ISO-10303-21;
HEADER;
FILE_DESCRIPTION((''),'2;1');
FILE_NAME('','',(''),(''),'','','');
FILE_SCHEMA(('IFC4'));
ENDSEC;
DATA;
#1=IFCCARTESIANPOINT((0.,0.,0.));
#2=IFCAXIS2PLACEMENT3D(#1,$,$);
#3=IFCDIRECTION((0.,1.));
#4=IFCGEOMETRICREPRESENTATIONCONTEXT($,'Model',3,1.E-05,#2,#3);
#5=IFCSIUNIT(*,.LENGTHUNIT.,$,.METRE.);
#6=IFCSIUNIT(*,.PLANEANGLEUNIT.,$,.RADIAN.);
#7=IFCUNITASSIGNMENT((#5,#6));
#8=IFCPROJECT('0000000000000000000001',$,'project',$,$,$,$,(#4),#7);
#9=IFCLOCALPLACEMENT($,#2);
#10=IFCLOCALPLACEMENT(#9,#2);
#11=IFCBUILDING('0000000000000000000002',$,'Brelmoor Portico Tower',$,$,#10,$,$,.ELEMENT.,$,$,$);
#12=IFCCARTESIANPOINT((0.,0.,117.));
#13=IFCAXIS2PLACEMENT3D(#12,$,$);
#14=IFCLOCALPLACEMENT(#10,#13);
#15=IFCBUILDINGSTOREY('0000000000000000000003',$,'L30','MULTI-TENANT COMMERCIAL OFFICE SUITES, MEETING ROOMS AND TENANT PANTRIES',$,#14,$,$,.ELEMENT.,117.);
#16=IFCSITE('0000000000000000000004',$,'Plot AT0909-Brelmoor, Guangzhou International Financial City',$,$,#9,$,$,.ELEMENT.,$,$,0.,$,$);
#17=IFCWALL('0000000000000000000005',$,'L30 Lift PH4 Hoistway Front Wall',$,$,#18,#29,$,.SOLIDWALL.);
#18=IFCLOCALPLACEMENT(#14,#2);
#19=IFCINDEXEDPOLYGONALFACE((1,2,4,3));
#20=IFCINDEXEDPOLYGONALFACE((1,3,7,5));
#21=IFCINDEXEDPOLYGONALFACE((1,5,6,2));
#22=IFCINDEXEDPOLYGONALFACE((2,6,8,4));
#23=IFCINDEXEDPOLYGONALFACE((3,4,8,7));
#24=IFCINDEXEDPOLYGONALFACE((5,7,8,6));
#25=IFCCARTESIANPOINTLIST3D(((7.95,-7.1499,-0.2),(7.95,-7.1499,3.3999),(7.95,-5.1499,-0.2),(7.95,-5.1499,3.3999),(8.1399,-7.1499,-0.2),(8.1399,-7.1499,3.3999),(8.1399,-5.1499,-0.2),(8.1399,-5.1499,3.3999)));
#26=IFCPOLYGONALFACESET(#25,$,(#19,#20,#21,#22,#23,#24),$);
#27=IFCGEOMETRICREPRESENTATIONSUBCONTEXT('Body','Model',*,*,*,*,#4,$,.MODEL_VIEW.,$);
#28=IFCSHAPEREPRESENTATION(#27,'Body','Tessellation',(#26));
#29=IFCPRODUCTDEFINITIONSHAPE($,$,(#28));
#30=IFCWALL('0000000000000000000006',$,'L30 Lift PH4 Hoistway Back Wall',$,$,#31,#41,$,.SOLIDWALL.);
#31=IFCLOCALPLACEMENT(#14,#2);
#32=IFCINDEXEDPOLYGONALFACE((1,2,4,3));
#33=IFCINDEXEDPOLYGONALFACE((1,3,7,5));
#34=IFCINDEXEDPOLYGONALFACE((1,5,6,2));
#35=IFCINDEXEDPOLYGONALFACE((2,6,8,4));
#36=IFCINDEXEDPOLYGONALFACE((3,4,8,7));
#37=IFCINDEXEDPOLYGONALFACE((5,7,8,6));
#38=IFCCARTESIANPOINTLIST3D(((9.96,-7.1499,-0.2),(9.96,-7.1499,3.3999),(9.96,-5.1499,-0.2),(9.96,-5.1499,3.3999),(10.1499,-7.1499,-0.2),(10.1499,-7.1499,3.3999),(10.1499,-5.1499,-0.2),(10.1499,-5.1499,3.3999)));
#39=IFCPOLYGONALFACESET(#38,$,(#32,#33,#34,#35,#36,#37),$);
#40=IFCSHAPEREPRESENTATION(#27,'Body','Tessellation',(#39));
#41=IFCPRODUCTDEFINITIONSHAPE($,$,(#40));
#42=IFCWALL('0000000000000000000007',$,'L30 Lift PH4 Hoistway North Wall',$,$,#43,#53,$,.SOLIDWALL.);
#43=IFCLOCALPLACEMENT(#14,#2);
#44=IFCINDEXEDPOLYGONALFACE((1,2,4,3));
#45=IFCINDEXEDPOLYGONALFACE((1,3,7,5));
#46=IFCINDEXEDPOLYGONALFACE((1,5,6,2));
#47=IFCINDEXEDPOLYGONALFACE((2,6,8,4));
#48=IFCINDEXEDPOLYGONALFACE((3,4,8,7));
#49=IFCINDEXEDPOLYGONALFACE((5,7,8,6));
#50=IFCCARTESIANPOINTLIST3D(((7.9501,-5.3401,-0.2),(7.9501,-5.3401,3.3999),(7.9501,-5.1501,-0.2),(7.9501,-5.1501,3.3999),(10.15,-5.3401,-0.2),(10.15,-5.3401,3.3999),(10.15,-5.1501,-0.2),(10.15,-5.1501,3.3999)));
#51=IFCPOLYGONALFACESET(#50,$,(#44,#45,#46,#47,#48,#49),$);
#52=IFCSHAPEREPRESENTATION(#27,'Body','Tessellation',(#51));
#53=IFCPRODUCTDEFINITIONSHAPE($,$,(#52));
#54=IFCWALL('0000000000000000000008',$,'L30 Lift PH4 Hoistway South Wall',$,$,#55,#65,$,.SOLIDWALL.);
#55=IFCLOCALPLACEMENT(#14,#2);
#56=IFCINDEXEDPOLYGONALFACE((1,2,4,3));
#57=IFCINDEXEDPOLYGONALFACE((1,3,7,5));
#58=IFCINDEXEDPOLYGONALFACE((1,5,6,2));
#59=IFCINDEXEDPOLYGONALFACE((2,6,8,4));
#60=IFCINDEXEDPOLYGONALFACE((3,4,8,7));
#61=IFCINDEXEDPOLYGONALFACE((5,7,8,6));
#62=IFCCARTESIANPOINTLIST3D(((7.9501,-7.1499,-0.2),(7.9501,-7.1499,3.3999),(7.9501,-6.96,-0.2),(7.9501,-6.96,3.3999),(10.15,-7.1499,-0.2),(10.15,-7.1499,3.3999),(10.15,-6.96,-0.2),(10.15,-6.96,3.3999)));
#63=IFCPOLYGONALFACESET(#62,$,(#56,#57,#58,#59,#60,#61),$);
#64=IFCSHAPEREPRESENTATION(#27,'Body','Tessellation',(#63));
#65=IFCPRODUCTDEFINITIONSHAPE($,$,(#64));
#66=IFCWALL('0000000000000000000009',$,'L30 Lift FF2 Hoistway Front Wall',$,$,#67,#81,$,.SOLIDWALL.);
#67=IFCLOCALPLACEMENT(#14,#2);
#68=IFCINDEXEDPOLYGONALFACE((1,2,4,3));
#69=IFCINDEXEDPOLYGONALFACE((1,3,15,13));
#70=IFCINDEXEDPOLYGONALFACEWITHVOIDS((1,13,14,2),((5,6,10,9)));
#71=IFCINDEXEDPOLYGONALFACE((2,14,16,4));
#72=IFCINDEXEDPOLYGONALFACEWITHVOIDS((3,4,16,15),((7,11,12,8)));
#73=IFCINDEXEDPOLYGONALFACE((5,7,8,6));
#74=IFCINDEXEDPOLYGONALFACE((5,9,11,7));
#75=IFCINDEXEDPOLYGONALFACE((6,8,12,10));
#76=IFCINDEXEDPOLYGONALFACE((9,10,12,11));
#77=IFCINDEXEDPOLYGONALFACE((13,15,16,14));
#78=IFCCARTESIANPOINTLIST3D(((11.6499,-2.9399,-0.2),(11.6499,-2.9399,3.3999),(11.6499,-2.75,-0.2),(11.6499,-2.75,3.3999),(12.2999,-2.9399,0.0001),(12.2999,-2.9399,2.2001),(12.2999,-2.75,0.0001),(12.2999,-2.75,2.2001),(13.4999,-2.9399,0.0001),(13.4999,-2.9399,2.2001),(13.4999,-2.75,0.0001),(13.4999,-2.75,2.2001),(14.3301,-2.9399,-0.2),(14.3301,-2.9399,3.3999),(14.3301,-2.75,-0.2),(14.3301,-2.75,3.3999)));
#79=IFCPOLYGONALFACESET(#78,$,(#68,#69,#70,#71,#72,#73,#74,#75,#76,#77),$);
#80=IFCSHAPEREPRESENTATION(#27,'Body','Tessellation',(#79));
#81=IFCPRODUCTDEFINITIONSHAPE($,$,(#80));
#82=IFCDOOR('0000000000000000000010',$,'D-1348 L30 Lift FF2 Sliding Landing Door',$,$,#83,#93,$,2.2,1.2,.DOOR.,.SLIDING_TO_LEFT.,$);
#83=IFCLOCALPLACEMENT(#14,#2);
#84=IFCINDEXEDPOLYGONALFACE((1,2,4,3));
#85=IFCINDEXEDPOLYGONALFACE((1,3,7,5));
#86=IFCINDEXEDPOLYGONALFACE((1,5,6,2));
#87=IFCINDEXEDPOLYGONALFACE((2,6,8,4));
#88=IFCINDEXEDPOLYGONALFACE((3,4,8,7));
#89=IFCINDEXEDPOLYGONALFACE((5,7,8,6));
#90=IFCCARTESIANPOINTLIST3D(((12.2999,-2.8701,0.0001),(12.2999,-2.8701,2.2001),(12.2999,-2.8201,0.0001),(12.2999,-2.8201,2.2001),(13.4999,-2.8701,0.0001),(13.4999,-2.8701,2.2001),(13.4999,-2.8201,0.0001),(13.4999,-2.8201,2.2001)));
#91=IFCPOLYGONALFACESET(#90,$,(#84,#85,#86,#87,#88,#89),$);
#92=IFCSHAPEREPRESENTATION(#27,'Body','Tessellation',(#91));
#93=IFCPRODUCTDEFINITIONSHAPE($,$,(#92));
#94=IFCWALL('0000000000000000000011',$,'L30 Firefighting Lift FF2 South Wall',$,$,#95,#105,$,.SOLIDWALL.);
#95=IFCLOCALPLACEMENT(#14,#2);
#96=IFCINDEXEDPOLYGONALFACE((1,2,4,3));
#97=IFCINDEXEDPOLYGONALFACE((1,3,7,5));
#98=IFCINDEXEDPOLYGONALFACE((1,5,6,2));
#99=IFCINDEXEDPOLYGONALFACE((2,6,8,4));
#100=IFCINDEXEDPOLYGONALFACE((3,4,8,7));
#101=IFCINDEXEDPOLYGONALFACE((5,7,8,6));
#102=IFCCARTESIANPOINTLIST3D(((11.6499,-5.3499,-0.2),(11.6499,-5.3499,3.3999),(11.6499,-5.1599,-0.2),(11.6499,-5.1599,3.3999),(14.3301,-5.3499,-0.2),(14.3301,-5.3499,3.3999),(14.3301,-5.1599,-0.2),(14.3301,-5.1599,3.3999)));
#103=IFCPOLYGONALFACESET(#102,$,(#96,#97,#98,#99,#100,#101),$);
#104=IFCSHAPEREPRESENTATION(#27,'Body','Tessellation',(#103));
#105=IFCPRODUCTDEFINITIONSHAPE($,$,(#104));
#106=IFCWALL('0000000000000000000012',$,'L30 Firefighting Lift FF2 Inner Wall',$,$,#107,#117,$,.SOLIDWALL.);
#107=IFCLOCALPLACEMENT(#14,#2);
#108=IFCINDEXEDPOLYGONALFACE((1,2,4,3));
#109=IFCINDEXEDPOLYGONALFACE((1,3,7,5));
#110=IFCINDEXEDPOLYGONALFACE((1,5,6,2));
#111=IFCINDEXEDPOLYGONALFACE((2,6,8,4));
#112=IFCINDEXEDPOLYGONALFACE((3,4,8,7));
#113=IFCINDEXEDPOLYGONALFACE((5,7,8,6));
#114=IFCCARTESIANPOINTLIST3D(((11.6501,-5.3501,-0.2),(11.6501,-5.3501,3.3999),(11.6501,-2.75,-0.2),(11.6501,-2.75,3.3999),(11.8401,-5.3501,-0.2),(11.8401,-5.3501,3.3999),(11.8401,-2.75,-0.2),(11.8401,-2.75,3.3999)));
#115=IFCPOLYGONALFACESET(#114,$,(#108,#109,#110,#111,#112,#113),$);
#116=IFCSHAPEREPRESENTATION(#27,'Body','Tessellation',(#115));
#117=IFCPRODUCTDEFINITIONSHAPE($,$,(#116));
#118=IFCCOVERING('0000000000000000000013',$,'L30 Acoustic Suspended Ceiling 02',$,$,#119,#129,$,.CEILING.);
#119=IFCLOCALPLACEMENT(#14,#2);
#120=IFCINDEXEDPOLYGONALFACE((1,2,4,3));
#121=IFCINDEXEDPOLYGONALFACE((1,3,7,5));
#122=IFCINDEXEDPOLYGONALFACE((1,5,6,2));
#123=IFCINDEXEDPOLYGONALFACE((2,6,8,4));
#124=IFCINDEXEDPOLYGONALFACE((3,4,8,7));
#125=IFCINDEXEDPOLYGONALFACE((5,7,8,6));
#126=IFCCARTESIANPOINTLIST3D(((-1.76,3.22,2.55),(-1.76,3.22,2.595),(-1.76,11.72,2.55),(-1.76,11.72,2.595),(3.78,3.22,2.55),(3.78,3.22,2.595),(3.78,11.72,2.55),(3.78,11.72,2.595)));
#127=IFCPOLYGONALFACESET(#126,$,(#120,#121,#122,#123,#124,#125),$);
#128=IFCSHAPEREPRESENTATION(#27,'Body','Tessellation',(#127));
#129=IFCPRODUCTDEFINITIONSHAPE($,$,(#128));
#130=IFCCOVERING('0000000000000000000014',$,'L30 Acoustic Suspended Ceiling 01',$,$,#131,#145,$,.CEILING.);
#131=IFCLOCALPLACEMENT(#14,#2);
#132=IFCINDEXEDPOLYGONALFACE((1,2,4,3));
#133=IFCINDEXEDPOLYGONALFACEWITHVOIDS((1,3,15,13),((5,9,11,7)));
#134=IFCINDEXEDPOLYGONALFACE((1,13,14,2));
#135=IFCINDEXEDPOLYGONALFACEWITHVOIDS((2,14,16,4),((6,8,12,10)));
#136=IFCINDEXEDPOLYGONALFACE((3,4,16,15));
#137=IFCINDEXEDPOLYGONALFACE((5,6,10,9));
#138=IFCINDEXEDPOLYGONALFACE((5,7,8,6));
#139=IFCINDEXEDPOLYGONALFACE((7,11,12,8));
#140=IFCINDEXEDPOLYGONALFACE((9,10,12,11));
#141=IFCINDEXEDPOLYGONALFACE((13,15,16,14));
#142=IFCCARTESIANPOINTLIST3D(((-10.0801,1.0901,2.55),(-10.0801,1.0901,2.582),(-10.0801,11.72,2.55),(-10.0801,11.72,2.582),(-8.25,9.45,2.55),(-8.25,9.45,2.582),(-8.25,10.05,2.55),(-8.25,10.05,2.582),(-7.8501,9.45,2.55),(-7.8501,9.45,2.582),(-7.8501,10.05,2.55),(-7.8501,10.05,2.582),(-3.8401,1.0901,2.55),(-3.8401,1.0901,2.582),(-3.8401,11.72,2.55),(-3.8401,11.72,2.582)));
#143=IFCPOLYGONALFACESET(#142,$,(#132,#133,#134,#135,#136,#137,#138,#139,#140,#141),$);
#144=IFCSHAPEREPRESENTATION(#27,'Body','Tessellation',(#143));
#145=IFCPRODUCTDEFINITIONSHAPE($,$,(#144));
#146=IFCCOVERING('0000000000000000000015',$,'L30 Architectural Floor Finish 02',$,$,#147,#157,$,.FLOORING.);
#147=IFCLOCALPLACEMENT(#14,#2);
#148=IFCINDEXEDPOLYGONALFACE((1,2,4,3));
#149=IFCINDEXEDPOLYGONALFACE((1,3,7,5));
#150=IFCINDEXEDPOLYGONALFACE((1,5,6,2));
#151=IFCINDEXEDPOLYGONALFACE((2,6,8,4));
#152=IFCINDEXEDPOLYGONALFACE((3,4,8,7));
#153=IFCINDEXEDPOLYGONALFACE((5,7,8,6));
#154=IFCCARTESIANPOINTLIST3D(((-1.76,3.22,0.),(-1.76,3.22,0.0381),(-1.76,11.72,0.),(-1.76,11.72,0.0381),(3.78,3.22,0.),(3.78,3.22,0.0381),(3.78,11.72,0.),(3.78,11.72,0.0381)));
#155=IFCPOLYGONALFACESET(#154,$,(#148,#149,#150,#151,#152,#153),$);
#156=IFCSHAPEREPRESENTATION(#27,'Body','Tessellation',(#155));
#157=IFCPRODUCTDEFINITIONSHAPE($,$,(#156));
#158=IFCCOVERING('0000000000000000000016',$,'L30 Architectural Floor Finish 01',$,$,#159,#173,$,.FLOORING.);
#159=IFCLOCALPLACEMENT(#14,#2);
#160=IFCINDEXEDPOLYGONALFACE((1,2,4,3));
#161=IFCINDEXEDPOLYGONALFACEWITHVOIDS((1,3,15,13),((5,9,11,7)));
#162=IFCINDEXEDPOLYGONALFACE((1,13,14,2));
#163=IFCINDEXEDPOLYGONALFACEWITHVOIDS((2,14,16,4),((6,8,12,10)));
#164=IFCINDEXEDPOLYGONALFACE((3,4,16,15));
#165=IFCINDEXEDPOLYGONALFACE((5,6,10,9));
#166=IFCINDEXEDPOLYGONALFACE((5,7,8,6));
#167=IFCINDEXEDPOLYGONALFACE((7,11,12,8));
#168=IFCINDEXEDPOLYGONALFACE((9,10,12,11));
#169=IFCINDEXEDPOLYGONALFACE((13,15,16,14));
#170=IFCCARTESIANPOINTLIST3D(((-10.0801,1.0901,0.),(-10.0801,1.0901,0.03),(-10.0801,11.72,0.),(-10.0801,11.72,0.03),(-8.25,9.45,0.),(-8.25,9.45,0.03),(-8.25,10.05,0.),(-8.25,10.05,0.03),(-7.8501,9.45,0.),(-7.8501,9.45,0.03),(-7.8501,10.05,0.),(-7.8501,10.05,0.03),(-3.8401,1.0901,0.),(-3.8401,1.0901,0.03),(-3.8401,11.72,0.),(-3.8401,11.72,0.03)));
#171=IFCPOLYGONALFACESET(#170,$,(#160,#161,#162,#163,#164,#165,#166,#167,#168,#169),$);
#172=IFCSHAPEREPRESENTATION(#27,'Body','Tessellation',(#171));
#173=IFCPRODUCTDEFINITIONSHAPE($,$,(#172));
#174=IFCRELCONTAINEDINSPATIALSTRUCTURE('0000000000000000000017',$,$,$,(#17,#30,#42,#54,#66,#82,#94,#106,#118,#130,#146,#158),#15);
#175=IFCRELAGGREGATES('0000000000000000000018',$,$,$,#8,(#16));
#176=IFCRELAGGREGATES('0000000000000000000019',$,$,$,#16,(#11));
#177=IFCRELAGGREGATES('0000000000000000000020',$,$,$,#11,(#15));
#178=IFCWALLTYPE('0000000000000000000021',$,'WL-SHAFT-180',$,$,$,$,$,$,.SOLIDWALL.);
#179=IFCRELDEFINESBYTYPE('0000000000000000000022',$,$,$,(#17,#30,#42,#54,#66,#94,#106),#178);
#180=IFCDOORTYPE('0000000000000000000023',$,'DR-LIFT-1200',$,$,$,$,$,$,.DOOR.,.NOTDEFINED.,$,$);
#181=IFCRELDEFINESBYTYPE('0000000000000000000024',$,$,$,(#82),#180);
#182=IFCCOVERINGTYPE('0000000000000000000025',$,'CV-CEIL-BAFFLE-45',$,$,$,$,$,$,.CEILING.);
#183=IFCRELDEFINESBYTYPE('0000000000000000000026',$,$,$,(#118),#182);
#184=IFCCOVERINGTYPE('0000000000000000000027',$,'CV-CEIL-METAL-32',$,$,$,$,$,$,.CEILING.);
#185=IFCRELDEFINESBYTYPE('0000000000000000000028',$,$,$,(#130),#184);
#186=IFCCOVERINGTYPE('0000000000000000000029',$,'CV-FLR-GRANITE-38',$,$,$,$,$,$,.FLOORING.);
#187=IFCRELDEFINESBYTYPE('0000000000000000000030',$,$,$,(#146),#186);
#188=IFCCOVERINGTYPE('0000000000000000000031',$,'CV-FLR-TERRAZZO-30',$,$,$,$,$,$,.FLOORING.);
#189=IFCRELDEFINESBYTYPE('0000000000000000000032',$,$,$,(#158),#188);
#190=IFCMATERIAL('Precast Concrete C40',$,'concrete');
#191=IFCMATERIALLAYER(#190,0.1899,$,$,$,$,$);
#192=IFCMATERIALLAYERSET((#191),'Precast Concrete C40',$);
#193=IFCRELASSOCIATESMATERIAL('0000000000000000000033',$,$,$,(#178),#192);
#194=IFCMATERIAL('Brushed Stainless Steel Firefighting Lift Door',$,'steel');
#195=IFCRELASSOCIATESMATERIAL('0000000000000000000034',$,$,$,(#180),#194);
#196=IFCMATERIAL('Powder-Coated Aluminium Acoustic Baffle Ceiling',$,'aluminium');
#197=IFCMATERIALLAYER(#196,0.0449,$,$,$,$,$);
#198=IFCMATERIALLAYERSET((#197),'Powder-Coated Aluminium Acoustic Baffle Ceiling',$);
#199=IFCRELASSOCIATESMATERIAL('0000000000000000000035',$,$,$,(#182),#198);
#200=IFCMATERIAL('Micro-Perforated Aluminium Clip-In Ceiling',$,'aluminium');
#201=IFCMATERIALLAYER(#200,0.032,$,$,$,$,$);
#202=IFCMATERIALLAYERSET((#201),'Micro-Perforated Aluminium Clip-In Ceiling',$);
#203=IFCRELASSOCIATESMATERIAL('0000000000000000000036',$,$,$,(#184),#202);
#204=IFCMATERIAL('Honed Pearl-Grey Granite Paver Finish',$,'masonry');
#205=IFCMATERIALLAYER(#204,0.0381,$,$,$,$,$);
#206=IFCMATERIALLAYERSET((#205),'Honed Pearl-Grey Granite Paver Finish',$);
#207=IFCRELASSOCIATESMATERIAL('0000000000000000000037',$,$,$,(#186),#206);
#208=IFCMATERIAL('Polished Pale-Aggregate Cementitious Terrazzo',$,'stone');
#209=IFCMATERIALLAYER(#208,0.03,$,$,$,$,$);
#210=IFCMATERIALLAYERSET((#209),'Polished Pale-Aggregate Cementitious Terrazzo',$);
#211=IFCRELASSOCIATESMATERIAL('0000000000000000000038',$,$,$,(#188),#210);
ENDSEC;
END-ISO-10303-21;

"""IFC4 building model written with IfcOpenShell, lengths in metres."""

from ifc_helpers import new_model, si_unit, direction, frame, frame_2d, origin, place, context, subcontext, project, spatial, polyline, rectangle, outline, extrude, material, layer, layer_set, type_object, element, fill, save


model = new_model("IFC4")

# Units and contexts
model_context = context("Model", 3, precision=1e-05, world=origin(), true_north=direction((0.0, 1.0)))
body_context = subcontext(model_context, "Body", "Model", "MODEL_VIEW")
ifc_project = project(units=[si_unit("LENGTHUNIT", "METRE"), si_unit("PLANEANGLEUNIT", "RADIAN")], contexts=[model_context])

# Site, building, storey
site_placement = place(None, origin())
site = spatial("IfcSite", under=ifc_project, at=site_placement, Name="Plot AT0909-Brelmoor, Guangzhou International Financial City", CompositionType="ELEMENT", RefElevation=0.0)
building_placement = place(site_placement, origin())
building = spatial("IfcBuilding", under=site, at=building_placement, Name="Brelmoor Portico Tower", CompositionType="ELEMENT")
storey_placement = place(building_placement, frame((0.0, 0.0, 117.0)))
storey = spatial("IfcBuildingStorey", under=building, at=storey_placement, Name="L30", Description="MULTI-TENANT COMMERCIAL OFFICE SUITES, MEETING ROOMS AND TENANT PANTRIES", CompositionType="ELEMENT", Elevation=117.0)

# Walls
ifc_material_1 = material(Name="Precast Concrete C40", Category="concrete")
ifc_layer_1 = layer(ifc_material_1, 0.1899)
ifc_layer_set_1 = layer_set([ifc_layer_1], Name="Precast Concrete C40")
wall_type_1 = type_object("IfcWallType", Name="WL-SHAFT-180", PredefinedType="SOLIDWALL", material=ifc_layer_set_1)
for number, where, z_axis, x_axis, name in (
    (1, (8.0449, -7.1499, -0.2), (0.0, 0.0, 1.0), (0.0, 1.0, 0.0), "L30 Lift PH4 Hoistway Front Wall"),
    (2, (10.0549, -7.1499, -0.2), (0.0, 0.0, 1.0), (0.0, 1.0, 0.0), "L30 Lift PH4 Hoistway Back Wall"),
):
    element("IfcWall", number, at=place(storey_placement, frame(where, z_axis=z_axis, x_axis=x_axis)), inside=storey, type_object=wall_type_1, Name=name, PredefinedType="SOLIDWALL", context=body_context, shape_type="SweptSolid", body=[
        extrude(rectangle(XDim=2.0, YDim=0.1899, at=frame_2d((1.0, 0.0))), origin(), (0.0, 0.0, 1.0), 3.5999),
    ])
for number, where, z_axis, x_axis, name in (
    (3, (7.95, -5.2451, -0.2), (0.0, 0.0, 1.0), (1.0, 0.0, 0.0), "L30 Lift PH4 Hoistway North Wall"),
    (4, (7.95, -7.0549, -0.2), (0.0, 0.0, 1.0), (1.0, 0.0, 0.0), "L30 Lift PH4 Hoistway South Wall"),
):
    element("IfcWall", number, at=place(storey_placement, frame(where, z_axis=z_axis, x_axis=x_axis)), inside=storey, type_object=wall_type_1, Name=name, PredefinedType="SOLIDWALL", context=body_context, shape_type="SweptSolid", body=[
        extrude(rectangle(XDim=2.2, YDim=0.1899, at=frame_2d((1.1001, 0.0))), origin(), (0.0, 0.0, 1.0), 3.5999),
    ])

# Wall, opening, door
wall_1_placement = place(storey_placement, frame((11.6499, -2.845, -0.2), z_axis=(0.0, 0.0, 1.0), x_axis=(1.0, 0.0, 0.0)))
wall_1 = element("IfcWall", 5, at=wall_1_placement, inside=storey, type_object=wall_type_1, Name="L30 Lift FF2 Hoistway Front Wall", PredefinedType="SOLIDWALL", context=body_context, shape_type="SweptSolid", body=[
    extrude(rectangle(XDim=2.6802, YDim=0.1899, at=frame_2d((1.3401, 0.0))), origin(), (0.0, 0.0, 1.0), 3.5999),
])
opening_1_placement = place(wall_1_placement, frame((0.6499, 0.0, 0.2)))
opening_1 = element("IfcOpeningElement", 6, at=opening_1_placement, cuts=wall_1, PredefinedType="OPENING", context=body_context, shape_type="SweptSolid", body=[
    extrude(rectangle(XDim=1.2, YDim=2.2, at=frame_2d((0.6001, 1.1001))), frame((0.0, 0.105, 0.0), z_axis=(0.0, -1.0, 0.0), x_axis=(1.0, 0.0, 0.0)), (0.0, 0.0, 1.0), 0.21),
])
ifc_material_2 = material(Name="Brushed Stainless Steel Firefighting Lift Door", Category="steel")
door_type_1 = type_object("IfcDoorType", Name="DR-LIFT-1200", OperationType="NOTDEFINED", PredefinedType="DOOR", material=ifc_material_2)
door_1_placement = place(opening_1_placement, origin())
door_1 = element("IfcDoor", 7, at=door_1_placement, inside=storey, type_object=door_type_1, Name="D-1348 L30 Lift FF2 Sliding Landing Door", OperationType="SLIDING_TO_LEFT", OverallHeight=2.2, OverallWidth=1.2, PredefinedType="DOOR", context=body_context, shape_type="SweptSolid", body=[
    extrude(rectangle(XDim=1.2, YDim=2.2, at=frame_2d((0.6001, 1.1001))), frame((0.0, 0.0249, 0.0), z_axis=(0.0, -1.0, 0.0), x_axis=(1.0, 0.0, 0.0)), (0.0, 0.0, 1.0), 0.05),
])
fill(opening_1, door_1)

# Walls
wall_2_placement = place(storey_placement, frame((11.6499, -5.2549, -0.2), z_axis=(0.0, 0.0, 1.0), x_axis=(1.0, 0.0, 0.0)))
element("IfcWall", 8, at=wall_2_placement, inside=storey, type_object=wall_type_1, Name="L30 Firefighting Lift FF2 South Wall", PredefinedType="SOLIDWALL", context=body_context, shape_type="SweptSolid", body=[
    extrude(rectangle(XDim=2.6802, YDim=0.1899, at=frame_2d((1.3401, 0.0))), origin(), (0.0, 0.0, 1.0), 3.5999),
])
wall_3_placement = place(storey_placement, frame((11.7451, -5.3501, -0.2), z_axis=(0.0, 0.0, 1.0), x_axis=(0.0, 1.0, 0.0)))
element("IfcWall", 9, at=wall_3_placement, inside=storey, type_object=wall_type_1, Name="L30 Firefighting Lift FF2 Inner Wall", PredefinedType="SOLIDWALL", context=body_context, shape_type="SweptSolid", body=[
    extrude(rectangle(XDim=2.6001, YDim=0.1899, at=frame_2d((1.3, 0.0))), origin(), (0.0, 0.0, 1.0), 3.5999),
])

# Coverings
ifc_material_3 = material(Name="Powder-Coated Aluminium Acoustic Baffle Ceiling", Category="aluminium")
ifc_layer_2 = layer(ifc_material_3, 0.0449)
ifc_layer_set_2 = layer_set([ifc_layer_2], Name="Powder-Coated Aluminium Acoustic Baffle Ceiling")
covering_type_1 = type_object("IfcCoveringType", Name="CV-CEIL-BAFFLE-45", PredefinedType="CEILING", material=ifc_layer_set_2)
covering_1_placement = place(storey_placement, frame((0.0, 0.0, 2.55)))
element("IfcCovering", 10, at=covering_1_placement, inside=storey, type_object=covering_type_1, Name="L30 Acoustic Suspended Ceiling 02", PredefinedType="CEILING", context=body_context, shape_type="SweptSolid", body=[
    extrude(outline(polyline([(-1.76, 3.22), (-1.76, 11.72), (3.78, 11.72), (3.78, 3.22), (-1.76, 3.22)])), origin(), (0.0, 0.0, 1.0), 0.0449),
])
ifc_material_4 = material(Name="Micro-Perforated Aluminium Clip-In Ceiling", Category="aluminium")
ifc_layer_3 = layer(ifc_material_4, 0.032)
ifc_layer_set_3 = layer_set([ifc_layer_3], Name="Micro-Perforated Aluminium Clip-In Ceiling")
covering_type_2 = type_object("IfcCoveringType", Name="CV-CEIL-METAL-32", PredefinedType="CEILING", material=ifc_layer_set_3)
covering_2_placement = place(storey_placement, frame((0.0, 0.0, 2.55)))
element("IfcCovering", 11, at=covering_2_placement, inside=storey, type_object=covering_type_2, Name="L30 Acoustic Suspended Ceiling 01", PredefinedType="CEILING", context=body_context, shape_type="SweptSolid", body=[
    extrude(outline(polyline([(-10.0801, 11.72), (-3.8401, 11.72), (-3.8401, 1.0901), (-10.0801, 1.0901), (-10.0801, 11.72)]), holes=[polyline([(-7.8501, 9.45), (-7.8501, 10.05), (-8.25, 10.05), (-8.25, 9.45), (-7.8501, 9.45)])]), origin(), (0.0, 0.0, 1.0), 0.032),
])
ifc_material_5 = material(Name="Honed Pearl-Grey Granite Paver Finish", Category="masonry")
ifc_layer_4 = layer(ifc_material_5, 0.0381)
ifc_layer_set_4 = layer_set([ifc_layer_4], Name="Honed Pearl-Grey Granite Paver Finish")
covering_type_3 = type_object("IfcCoveringType", Name="CV-FLR-GRANITE-38", PredefinedType="FLOORING", material=ifc_layer_set_4)
covering_3_placement = place(storey_placement, origin())
element("IfcCovering", 12, at=covering_3_placement, inside=storey, type_object=covering_type_3, Name="L30 Architectural Floor Finish 02", PredefinedType="FLOORING", context=body_context, shape_type="SweptSolid", body=[
    extrude(outline(polyline([(-1.76, 3.22), (-1.76, 11.72), (3.78, 11.72), (3.78, 3.22), (-1.76, 3.22)])), origin(), (0.0, 0.0, 1.0), 0.0381),
])
ifc_material_6 = material(Name="Polished Pale-Aggregate Cementitious Terrazzo", Category="stone")
ifc_layer_5 = layer(ifc_material_6, 0.03)
ifc_layer_set_5 = layer_set([ifc_layer_5], Name="Polished Pale-Aggregate Cementitious Terrazzo")
covering_type_4 = type_object("IfcCoveringType", Name="CV-FLR-TERRAZZO-30", PredefinedType="FLOORING", material=ifc_layer_set_5)
covering_4_placement = place(storey_placement, origin())
element("IfcCovering", 13, at=covering_4_placement, inside=storey, type_object=covering_type_4, Name="L30 Architectural Floor Finish 01", PredefinedType="FLOORING", context=body_context, shape_type="SweptSolid", body=[
    extrude(outline(polyline([(-10.0801, 11.72), (-3.8401, 11.72), (-3.8401, 1.0901), (-10.0801, 1.0901), (-10.0801, 11.72)]), holes=[polyline([(-7.8501, 9.45), (-7.8501, 10.05), (-8.25, 10.05), (-8.25, 9.45), (-7.8501, 9.45)])]), origin(), (0.0, 0.0, 1.0), 0.03),
])

save(model, "model.ifc")
